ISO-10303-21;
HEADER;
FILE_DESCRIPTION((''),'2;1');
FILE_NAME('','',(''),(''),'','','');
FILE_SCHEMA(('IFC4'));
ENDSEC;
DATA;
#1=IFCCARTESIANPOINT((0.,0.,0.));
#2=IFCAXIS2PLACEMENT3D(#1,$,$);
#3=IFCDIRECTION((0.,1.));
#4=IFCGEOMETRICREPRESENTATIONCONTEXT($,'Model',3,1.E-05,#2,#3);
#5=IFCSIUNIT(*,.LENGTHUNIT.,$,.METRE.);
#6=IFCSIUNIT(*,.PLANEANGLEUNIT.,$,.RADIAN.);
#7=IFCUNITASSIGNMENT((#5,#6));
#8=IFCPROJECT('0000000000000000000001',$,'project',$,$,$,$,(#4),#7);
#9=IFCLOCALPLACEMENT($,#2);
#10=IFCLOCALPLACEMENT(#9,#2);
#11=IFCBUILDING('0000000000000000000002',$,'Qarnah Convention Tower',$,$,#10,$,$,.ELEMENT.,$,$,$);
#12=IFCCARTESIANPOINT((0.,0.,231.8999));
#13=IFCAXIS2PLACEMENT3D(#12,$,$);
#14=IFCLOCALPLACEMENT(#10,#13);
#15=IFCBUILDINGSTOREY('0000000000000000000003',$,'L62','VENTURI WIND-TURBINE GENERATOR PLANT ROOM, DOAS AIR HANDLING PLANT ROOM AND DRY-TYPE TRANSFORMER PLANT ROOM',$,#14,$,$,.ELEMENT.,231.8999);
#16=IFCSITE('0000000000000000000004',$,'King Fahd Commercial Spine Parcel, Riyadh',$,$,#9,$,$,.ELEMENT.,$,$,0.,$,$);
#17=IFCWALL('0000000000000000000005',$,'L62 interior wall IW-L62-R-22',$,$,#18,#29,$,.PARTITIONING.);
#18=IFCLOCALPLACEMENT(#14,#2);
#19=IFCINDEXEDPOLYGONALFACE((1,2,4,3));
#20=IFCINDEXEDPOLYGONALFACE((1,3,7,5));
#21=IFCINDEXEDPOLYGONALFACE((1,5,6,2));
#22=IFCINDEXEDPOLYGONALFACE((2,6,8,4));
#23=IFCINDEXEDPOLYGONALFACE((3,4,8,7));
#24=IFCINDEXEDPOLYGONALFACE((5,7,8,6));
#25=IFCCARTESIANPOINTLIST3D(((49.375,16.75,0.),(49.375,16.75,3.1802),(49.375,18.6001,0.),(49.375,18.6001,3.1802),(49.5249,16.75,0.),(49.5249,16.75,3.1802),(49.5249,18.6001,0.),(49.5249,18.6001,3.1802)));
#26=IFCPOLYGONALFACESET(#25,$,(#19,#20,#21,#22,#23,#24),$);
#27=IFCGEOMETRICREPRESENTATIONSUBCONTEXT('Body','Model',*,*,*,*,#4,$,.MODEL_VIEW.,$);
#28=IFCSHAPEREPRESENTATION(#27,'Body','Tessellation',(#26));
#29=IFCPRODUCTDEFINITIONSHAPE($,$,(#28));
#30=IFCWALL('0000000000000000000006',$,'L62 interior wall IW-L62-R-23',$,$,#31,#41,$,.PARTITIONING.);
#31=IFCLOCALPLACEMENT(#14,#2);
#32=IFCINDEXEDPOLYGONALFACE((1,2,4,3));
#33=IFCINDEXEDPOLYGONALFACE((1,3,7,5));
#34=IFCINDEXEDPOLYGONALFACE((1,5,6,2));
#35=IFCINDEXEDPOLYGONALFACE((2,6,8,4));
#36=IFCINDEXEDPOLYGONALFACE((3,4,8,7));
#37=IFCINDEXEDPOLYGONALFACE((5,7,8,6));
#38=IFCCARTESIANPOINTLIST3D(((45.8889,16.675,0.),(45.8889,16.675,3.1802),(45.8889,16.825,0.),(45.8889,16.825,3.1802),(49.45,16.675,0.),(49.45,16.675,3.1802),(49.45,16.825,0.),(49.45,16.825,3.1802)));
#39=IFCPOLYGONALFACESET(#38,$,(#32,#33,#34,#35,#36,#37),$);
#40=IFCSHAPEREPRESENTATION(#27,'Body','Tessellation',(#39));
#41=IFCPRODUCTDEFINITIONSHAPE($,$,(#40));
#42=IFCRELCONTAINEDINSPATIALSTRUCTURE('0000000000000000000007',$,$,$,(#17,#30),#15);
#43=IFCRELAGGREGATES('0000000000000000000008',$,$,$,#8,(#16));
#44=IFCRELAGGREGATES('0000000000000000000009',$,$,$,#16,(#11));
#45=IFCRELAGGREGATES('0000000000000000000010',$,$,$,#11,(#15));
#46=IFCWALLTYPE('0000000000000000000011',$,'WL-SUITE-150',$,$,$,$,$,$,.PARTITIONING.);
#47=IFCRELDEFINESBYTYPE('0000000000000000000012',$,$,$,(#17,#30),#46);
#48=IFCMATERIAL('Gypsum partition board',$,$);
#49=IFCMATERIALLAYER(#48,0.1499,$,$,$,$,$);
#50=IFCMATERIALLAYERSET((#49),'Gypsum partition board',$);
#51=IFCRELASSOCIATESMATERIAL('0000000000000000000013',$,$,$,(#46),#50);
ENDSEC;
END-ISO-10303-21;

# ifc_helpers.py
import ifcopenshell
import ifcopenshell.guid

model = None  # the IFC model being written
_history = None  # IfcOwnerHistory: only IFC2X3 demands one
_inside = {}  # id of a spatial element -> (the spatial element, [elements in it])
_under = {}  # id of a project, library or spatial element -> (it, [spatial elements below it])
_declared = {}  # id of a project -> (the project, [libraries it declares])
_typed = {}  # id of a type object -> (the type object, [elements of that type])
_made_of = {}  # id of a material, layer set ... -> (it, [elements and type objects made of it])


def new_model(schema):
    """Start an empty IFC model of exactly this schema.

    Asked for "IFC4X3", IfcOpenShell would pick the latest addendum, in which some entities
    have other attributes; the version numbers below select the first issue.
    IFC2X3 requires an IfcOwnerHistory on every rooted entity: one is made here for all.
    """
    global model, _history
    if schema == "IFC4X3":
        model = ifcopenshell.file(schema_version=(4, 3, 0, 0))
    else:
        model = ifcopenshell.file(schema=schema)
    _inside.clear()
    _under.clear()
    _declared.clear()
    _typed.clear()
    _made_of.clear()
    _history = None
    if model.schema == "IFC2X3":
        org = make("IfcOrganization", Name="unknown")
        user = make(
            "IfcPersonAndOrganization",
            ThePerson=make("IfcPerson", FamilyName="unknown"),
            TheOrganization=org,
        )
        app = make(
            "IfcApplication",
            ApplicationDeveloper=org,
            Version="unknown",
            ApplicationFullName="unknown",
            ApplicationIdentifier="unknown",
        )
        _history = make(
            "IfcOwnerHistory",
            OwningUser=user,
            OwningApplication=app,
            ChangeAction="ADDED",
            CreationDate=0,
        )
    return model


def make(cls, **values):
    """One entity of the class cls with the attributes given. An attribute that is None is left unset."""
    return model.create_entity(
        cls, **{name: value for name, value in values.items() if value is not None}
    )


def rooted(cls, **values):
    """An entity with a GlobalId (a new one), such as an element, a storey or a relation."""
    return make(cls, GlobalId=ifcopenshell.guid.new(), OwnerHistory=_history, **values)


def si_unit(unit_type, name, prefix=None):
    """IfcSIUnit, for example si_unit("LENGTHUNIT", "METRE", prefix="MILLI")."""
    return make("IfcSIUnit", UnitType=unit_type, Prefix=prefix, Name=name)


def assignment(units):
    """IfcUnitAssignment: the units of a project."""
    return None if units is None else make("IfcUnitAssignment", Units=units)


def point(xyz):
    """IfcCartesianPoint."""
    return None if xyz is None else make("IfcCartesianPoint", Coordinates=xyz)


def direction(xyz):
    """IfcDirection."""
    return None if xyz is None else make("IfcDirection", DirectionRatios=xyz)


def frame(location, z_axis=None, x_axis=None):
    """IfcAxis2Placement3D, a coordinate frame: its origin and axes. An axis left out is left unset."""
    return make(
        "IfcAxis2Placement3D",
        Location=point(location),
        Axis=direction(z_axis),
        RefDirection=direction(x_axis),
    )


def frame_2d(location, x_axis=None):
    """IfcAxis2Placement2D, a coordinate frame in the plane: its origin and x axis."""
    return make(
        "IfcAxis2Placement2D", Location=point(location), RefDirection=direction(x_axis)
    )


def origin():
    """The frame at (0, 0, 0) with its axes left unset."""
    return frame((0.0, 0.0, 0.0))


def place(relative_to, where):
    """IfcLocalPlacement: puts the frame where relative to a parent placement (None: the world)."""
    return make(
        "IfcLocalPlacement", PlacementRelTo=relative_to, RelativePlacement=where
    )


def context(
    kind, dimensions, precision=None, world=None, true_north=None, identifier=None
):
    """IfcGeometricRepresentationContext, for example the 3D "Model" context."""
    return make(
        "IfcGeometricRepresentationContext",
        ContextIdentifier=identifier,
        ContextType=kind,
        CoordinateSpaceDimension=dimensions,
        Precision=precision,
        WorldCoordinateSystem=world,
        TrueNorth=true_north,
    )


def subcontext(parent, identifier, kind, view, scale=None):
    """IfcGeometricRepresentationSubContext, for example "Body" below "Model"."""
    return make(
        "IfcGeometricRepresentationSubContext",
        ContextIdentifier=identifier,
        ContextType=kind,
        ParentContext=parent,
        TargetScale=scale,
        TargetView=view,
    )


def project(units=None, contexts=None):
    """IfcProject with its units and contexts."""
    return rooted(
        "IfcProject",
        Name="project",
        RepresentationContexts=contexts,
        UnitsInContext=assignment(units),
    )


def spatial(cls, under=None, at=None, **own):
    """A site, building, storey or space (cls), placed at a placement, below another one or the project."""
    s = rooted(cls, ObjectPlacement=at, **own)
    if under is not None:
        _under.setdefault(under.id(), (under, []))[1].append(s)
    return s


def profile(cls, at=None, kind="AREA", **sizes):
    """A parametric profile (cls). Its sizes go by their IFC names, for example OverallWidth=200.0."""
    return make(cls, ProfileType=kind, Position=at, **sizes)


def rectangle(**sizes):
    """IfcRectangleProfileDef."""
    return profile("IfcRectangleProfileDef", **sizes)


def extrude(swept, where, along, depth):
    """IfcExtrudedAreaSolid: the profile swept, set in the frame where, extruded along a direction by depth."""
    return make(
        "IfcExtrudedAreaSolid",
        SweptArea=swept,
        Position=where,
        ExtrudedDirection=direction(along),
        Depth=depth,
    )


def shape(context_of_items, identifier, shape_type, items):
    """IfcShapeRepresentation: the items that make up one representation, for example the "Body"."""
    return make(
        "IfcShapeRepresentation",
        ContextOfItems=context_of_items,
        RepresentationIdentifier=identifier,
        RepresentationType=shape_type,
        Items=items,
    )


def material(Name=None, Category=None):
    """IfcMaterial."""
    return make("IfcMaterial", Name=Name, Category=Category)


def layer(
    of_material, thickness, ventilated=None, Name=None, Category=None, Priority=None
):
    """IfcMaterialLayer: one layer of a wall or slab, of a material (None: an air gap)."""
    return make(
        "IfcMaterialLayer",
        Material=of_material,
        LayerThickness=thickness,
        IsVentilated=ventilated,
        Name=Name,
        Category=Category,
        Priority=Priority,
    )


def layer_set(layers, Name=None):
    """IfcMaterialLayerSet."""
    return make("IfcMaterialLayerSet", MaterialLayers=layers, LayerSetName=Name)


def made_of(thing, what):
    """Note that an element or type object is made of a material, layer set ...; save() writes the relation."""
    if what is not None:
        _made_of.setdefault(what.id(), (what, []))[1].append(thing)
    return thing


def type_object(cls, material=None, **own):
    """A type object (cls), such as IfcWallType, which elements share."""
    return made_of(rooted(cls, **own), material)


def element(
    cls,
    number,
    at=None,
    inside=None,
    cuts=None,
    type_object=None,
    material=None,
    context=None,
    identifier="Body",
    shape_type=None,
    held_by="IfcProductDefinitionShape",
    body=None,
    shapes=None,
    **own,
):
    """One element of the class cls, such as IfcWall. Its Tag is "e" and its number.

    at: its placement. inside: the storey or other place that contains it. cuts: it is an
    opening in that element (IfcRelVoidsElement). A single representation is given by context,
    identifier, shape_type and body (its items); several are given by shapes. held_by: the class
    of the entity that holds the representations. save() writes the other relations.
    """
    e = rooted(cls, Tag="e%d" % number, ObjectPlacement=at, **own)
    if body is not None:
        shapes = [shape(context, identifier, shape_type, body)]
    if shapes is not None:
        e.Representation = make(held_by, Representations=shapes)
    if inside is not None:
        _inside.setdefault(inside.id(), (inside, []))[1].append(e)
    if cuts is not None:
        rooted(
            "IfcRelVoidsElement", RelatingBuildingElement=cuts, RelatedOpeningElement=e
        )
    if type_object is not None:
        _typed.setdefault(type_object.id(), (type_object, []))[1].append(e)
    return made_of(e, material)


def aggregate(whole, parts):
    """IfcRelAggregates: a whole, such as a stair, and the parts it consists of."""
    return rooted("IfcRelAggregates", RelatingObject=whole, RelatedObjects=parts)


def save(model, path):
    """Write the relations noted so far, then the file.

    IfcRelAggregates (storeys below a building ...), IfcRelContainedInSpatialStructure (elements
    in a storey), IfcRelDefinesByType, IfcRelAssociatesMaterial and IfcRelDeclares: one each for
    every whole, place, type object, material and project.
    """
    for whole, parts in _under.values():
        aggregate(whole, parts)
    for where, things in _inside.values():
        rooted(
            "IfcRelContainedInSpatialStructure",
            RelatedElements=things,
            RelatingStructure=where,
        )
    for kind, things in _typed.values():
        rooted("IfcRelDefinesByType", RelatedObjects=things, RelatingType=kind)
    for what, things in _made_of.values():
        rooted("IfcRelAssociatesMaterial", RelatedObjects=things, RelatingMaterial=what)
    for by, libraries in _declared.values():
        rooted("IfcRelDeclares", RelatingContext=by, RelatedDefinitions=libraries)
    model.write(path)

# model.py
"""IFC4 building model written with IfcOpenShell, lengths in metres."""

from ifc_helpers import new_model, si_unit, direction, frame, frame_2d, origin, place, context, subcontext, project, spatial, rectangle, extrude, material, layer, layer_set, type_object, element, save


model = new_model("IFC4")

# Units and contexts
model_context = context("Model", 3, precision=1e-05, world=origin(), true_north=direction((0.0, 1.0)))
body_context = subcontext(model_context, "Body", "Model", "MODEL_VIEW")
ifc_project = project(units=[si_unit("LENGTHUNIT", "METRE"), si_unit("PLANEANGLEUNIT", "RADIAN")], contexts=[model_context])

# Site, building, storey
site_placement = place(None, origin())
site = spatial("IfcSite", under=ifc_project, at=site_placement, Name="King Fahd Commercial Spine Parcel, Riyadh", CompositionType="ELEMENT", RefElevation=0.0)
building_placement = place(site_placement, origin())
building = spatial("IfcBuilding", under=site, at=building_placement, Name="Qarnah Convention Tower", CompositionType="ELEMENT")
storey_placement = place(building_placement, frame((0.0, 0.0, 231.8999)))
storey = spatial("IfcBuildingStorey", under=building, at=storey_placement, Name="L62", Description="VENTURI WIND-TURBINE GENERATOR PLANT ROOM, DOAS AIR HANDLING PLANT ROOM AND DRY-TYPE TRANSFORMER PLANT ROOM", CompositionType="ELEMENT", Elevation=231.8999)

# Shared definitions
ifc_material_1 = material(Name="Gypsum partition board")
ifc_layer_1 = layer(ifc_material_1, 0.1499)
ifc_layer_set_1 = layer_set([ifc_layer_1], Name="Gypsum partition board")
wall_type_1 = type_object("IfcWallType", Name="WL-SUITE-150", PredefinedType="PARTITIONING", material=ifc_layer_set_1)

# Walls
wall_1_placement = place(storey_placement, frame((49.45, 18.6001, 0.0), z_axis=(0.0, 0.0, 1.0), x_axis=(0.0, -1.0, 0.0)))
element("IfcWall", 1, at=wall_1_placement, inside=storey, type_object=wall_type_1, Name="L62 interior wall IW-L62-R-22", PredefinedType="PARTITIONING", context=body_context, shape_type="SweptSolid", body=[
    extrude(rectangle(XDim=1.8501, YDim=0.1499, at=frame_2d((0.925, 0.0))), origin(), (0.0, 0.0, 1.0), 3.1802),
])
wall_2_placement = place(storey_placement, frame((49.45, 16.75, 0.0), z_axis=(0.0, 0.0, 1.0), x_axis=(-1.0, 0.0, 0.0)))
element("IfcWall", 2, at=wall_2_placement, inside=storey, type_object=wall_type_1, Name="L62 interior wall IW-L62-R-23", PredefinedType="PARTITIONING", context=body_context, shape_type="SweptSolid", body=[
    extrude(rectangle(XDim=3.561, YDim=0.1499, at=frame_2d((1.7805, 0.0))), origin(), (0.0, 0.0, 1.0), 3.1802),
])

save(model, "model.ifc")
